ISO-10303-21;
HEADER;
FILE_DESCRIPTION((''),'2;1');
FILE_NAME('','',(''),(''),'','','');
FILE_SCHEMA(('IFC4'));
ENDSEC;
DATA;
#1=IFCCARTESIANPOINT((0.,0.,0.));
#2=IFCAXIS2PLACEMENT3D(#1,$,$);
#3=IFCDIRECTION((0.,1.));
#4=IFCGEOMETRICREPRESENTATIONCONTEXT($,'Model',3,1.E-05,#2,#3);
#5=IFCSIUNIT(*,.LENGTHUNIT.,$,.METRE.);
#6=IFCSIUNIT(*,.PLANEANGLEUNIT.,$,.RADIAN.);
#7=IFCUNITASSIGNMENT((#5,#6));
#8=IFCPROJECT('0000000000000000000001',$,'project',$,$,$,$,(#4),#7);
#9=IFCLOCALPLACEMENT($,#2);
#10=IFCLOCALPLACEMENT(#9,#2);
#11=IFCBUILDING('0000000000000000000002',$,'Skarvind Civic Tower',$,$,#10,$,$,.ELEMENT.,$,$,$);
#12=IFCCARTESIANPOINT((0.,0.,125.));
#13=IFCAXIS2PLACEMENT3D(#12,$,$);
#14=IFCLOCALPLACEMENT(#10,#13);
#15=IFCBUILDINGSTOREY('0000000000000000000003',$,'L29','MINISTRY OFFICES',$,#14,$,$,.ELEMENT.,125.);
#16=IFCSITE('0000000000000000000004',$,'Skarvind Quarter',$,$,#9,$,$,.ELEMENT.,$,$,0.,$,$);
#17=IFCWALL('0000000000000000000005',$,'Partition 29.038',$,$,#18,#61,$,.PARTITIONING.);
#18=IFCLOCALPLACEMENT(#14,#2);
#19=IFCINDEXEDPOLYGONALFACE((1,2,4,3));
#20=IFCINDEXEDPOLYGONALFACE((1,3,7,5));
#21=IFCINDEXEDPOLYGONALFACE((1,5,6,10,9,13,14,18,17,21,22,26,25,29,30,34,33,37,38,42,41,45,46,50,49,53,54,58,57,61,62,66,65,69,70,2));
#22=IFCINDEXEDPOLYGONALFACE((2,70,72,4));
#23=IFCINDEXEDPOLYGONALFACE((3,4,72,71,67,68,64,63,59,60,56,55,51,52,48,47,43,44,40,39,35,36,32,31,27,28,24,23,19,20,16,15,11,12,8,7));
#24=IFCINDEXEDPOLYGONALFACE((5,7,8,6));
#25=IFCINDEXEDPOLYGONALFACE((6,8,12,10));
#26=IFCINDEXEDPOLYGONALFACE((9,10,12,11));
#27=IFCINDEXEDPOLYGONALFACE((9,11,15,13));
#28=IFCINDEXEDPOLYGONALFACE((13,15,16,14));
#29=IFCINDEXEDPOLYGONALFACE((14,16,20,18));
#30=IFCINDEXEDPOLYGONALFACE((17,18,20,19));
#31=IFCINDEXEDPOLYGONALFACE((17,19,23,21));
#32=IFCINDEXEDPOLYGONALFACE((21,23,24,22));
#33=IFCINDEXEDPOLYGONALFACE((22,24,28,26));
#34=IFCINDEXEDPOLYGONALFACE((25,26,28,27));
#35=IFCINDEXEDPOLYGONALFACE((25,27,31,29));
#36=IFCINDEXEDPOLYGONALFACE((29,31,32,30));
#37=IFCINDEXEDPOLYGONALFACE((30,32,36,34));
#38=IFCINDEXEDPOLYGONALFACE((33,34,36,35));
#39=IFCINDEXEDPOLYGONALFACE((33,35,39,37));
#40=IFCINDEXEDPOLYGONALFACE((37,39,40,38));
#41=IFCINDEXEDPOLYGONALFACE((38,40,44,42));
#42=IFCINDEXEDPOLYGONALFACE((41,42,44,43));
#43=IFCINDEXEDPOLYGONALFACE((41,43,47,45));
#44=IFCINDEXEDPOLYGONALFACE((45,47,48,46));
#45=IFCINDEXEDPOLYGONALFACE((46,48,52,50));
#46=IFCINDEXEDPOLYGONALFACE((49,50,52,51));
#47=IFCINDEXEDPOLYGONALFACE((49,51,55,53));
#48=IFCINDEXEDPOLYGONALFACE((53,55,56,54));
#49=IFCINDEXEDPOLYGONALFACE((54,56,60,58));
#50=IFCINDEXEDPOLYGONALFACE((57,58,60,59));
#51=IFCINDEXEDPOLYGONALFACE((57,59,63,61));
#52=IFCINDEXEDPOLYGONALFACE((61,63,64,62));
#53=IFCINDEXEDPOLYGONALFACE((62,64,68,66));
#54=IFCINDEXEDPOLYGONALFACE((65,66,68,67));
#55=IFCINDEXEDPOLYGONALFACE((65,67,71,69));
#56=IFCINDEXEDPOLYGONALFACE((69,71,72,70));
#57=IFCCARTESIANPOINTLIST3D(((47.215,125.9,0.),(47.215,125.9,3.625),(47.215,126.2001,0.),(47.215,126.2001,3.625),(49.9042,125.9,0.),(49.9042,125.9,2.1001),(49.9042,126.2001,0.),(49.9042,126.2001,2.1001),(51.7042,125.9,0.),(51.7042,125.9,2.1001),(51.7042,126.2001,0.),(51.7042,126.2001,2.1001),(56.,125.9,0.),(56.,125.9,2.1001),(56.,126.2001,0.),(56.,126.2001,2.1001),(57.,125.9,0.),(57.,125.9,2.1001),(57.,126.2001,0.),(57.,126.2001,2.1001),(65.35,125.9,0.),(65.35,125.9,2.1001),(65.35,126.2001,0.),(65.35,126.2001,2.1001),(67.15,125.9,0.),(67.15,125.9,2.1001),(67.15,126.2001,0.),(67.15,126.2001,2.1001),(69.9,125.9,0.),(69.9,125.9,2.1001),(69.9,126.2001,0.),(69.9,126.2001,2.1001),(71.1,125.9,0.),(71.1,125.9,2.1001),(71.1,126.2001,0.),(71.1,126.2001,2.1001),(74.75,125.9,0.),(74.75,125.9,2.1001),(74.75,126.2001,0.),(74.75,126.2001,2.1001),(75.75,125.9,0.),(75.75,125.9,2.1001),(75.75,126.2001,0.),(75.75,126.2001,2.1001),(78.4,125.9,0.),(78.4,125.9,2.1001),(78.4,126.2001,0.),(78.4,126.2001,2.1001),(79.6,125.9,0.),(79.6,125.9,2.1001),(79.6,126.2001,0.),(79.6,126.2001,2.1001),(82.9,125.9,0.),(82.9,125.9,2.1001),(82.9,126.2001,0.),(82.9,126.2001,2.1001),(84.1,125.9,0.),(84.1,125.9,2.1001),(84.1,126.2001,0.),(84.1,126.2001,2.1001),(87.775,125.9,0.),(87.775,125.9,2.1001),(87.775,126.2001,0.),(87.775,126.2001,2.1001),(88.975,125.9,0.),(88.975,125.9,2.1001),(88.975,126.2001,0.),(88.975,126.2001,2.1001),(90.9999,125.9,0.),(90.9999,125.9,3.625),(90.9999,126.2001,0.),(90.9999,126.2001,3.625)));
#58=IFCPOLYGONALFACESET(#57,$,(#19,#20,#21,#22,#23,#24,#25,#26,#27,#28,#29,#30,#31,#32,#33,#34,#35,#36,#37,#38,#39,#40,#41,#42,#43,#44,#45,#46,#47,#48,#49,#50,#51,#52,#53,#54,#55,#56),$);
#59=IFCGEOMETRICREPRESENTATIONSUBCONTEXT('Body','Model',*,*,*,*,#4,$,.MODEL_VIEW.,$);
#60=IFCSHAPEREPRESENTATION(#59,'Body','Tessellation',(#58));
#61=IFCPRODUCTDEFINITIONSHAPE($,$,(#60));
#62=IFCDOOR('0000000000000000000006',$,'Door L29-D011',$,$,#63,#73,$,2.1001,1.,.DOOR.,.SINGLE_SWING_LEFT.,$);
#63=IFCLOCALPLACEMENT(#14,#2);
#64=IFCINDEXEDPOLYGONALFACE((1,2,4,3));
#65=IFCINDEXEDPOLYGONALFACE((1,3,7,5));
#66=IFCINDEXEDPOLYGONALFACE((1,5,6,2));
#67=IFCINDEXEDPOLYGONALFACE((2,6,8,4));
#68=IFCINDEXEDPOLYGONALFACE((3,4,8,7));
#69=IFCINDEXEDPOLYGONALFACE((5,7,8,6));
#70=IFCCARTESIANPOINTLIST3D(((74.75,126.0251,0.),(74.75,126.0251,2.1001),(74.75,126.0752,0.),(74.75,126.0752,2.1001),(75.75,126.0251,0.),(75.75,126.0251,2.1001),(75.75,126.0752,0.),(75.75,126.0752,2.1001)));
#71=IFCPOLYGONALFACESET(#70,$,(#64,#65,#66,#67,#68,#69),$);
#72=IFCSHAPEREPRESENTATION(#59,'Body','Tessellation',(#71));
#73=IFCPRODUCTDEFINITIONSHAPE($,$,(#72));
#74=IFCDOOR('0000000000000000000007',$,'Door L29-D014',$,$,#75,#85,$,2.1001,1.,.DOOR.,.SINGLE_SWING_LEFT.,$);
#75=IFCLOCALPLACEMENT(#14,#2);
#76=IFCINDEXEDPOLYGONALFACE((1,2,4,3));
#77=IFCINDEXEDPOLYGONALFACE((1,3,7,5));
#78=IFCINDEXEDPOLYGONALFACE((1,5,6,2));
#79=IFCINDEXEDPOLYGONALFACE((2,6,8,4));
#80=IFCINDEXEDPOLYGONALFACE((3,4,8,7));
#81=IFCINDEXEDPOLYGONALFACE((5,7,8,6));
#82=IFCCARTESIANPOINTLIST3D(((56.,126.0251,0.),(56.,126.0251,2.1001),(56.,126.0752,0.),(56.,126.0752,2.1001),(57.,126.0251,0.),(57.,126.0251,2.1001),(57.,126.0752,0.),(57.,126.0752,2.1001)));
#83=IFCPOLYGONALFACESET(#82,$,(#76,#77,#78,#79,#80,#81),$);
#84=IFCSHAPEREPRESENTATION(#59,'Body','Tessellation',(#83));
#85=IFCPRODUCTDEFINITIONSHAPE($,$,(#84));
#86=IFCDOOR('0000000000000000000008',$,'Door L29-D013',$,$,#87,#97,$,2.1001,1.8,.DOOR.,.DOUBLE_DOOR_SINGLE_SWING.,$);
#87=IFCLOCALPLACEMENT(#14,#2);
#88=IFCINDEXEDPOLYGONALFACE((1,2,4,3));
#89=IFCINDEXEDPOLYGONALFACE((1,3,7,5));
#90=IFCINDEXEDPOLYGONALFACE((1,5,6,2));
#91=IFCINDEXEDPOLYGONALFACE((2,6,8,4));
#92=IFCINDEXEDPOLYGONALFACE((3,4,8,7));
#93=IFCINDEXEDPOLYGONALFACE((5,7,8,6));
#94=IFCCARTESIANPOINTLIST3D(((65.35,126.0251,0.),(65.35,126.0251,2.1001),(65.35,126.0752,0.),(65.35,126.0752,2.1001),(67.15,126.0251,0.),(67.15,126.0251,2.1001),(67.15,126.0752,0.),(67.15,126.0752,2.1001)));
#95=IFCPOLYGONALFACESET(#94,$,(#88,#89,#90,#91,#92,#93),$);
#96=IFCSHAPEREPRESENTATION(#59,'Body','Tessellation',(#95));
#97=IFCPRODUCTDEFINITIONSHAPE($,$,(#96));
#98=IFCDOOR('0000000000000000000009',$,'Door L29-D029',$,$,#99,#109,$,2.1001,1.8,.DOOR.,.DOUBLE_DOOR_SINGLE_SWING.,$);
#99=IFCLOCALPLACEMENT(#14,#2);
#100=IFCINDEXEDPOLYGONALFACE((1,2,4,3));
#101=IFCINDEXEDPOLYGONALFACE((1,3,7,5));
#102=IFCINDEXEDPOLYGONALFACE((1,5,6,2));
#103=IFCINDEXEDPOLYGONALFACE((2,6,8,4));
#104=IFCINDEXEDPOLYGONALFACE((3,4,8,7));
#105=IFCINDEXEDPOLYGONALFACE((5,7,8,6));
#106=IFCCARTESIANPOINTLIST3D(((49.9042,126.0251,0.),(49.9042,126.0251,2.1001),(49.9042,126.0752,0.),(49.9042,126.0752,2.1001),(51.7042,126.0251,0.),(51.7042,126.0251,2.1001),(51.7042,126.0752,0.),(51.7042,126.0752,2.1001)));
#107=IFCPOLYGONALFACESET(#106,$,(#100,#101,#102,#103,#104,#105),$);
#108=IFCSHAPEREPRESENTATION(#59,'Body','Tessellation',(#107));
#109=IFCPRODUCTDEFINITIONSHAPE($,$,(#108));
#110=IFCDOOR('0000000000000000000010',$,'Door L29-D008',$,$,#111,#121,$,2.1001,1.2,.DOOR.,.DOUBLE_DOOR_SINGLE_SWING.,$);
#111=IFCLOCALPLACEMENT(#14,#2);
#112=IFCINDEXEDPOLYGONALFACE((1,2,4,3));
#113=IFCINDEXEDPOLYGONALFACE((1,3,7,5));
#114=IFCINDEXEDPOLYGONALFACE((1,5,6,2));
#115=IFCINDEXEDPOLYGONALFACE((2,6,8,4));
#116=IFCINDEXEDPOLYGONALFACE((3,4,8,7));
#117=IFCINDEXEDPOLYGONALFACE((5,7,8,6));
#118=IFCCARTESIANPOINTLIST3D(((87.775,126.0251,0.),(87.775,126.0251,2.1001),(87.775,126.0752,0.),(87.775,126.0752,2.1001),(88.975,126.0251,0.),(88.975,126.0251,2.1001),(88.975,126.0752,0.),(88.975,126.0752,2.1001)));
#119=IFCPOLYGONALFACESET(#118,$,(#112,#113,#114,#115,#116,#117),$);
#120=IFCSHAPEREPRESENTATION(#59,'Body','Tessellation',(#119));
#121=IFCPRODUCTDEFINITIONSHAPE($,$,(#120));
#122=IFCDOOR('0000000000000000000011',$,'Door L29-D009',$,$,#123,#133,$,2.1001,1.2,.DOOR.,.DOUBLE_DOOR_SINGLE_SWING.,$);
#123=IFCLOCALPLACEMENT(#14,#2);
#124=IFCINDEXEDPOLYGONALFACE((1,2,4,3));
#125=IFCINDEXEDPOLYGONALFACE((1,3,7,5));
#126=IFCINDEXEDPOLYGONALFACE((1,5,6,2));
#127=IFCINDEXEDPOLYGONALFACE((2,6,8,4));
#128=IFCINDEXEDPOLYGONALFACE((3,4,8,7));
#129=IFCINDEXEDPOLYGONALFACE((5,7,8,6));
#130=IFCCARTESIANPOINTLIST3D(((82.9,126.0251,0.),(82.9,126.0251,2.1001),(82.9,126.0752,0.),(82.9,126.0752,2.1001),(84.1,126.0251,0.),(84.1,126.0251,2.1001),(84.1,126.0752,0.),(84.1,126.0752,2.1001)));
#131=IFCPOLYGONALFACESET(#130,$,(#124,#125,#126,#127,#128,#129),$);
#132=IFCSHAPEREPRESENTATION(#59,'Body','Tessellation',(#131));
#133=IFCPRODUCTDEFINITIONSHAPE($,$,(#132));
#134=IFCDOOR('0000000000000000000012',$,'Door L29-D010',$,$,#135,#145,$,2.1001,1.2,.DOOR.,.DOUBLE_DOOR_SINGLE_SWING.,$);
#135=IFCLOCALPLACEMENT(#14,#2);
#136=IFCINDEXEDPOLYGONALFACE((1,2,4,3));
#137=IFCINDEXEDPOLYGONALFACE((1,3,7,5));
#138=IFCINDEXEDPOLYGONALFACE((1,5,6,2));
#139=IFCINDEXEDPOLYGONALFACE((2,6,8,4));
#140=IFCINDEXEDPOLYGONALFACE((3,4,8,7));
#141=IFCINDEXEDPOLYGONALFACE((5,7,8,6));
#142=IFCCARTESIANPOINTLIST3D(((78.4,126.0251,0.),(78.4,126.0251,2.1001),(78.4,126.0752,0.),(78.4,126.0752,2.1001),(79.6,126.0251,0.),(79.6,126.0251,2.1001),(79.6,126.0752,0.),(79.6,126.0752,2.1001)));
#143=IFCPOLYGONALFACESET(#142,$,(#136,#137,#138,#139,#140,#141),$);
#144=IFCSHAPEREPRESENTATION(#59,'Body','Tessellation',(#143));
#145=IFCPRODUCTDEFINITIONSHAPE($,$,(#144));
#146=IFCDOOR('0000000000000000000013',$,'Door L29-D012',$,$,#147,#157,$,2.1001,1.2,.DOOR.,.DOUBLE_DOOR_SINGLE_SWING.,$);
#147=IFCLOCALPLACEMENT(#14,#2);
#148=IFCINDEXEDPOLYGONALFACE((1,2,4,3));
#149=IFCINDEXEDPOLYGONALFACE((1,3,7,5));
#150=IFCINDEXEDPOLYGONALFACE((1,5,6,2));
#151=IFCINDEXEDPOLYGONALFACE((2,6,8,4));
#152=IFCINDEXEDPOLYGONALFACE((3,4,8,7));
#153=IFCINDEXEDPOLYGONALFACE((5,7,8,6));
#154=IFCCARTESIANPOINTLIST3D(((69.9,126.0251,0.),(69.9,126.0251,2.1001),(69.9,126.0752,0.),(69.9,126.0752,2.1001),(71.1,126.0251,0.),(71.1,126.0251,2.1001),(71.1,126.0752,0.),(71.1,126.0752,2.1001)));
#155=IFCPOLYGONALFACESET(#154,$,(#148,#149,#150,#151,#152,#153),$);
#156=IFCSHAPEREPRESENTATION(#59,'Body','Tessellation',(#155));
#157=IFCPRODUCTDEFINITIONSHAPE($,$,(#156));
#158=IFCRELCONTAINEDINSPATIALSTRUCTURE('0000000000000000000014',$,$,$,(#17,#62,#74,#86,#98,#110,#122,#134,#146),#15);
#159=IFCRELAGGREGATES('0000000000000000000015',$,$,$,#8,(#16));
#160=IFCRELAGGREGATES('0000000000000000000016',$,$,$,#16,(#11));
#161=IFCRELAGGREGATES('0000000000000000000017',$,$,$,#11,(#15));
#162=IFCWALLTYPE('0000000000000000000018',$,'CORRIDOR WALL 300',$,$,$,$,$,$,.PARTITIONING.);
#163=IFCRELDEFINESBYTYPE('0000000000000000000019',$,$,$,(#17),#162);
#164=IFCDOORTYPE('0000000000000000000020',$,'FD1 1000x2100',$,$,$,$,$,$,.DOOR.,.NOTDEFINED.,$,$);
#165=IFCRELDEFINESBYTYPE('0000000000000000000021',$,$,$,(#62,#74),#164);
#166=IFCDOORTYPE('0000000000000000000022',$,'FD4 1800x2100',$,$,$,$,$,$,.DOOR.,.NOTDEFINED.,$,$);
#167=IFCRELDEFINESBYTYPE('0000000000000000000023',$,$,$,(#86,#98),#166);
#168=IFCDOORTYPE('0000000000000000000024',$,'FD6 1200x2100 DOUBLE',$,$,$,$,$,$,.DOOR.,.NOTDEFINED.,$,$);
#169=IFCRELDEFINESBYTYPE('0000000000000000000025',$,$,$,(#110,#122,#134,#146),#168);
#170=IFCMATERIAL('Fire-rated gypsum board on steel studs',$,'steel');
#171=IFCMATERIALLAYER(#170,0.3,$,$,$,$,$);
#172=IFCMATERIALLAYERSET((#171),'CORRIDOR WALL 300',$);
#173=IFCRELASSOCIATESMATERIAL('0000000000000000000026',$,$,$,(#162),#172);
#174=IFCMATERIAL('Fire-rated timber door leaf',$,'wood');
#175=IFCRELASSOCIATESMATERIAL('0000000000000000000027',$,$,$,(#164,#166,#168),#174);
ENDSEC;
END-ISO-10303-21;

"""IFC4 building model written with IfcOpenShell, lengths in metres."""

from ifc_helpers import new_model, si_unit, direction, frame, frame_2d, origin, place, context, subcontext, project, spatial, rectangle, extrude, material, layer, layer_set, type_object, element, fill, save


model = new_model("IFC4")

# Units and contexts
model_context = context("Model", 3, precision=1e-05, world=origin(), true_north=direction((0.0, 1.0)))
body_context = subcontext(model_context, "Body", "Model", "MODEL_VIEW")
ifc_project = project(units=[si_unit("LENGTHUNIT", "METRE"), si_unit("PLANEANGLEUNIT", "RADIAN")], contexts=[model_context])

# Site, building, storey
site_placement = place(None, origin())
site = spatial("IfcSite", under=ifc_project, at=site_placement, Name="Skarvind Quarter", CompositionType="ELEMENT", RefElevation=0.0)
building_placement = place(site_placement, origin())
building = spatial("IfcBuilding", under=site, at=building_placement, Name="Skarvind Civic Tower", CompositionType="ELEMENT")
storey_placement = place(building_placement, frame((0.0, 0.0, 125.0)))
storey = spatial("IfcBuildingStorey", under=building, at=storey_placement, Name="L29", Description="MINISTRY OFFICES", CompositionType="ELEMENT", Elevation=125.0)

# Wall, openings, doors
ifc_material_1 = material(Name="Fire-rated gypsum board on steel studs", Category="steel")
ifc_layer_1 = layer(ifc_material_1, 0.3)
ifc_layer_set_1 = layer_set([ifc_layer_1], Name="CORRIDOR WALL 300")
wall_type_1 = type_object("IfcWallType", Name="CORRIDOR WALL 300", PredefinedType="PARTITIONING", material=ifc_layer_set_1)
wall_1_placement = place(storey_placement, frame((91.0, 126.05, 0.0), z_axis=(0.0, 0.0, 1.0), x_axis=(-1.0, 0.0, 0.0)))
wall_1 = element("IfcWall", 1, at=wall_1_placement, inside=storey, type_object=wall_type_1, Name="Partition 29.038", PredefinedType="PARTITIONING", context=body_context, shape_type="SweptSolid", body=[
    extrude(rectangle(XDim=43.7849, YDim=0.3, at=frame_2d((21.8926, 0.0))), origin(), (0.0, 0.0, 1.0), 3.625),
])
opening_1_placement = place(wall_1_placement, frame((2.0249, 0.0, 0.0)))
opening_1 = element("IfcOpeningElement", 2, at=opening_1_placement, cuts=wall_1, PredefinedType="OPENING", context=body_context, shape_type="SweptSolid", body=[
    extrude(rectangle(XDim=1.2, YDim=2.1001, at=frame_2d((0.6001, 1.05))), frame((0.0, 0.1599, 0.0), z_axis=(0.0, -1.0, 0.0), x_axis=(1.0, 0.0, 0.0)), (0.0, 0.0, 1.0), 0.3201),
])
opening_2_placement = place(wall_1_placement, frame((6.8999, 0.0, 0.0)))
opening_2 = element("IfcOpeningElement", 3, at=opening_2_placement, cuts=wall_1, PredefinedType="OPENING", context=body_context, shape_type="SweptSolid", body=[
    extrude(rectangle(XDim=1.2, YDim=2.1001, at=frame_2d((0.6001, 1.05))), frame((0.0, 0.1599, 0.0), z_axis=(0.0, -1.0, 0.0), x_axis=(1.0, 0.0, 0.0)), (0.0, 0.0, 1.0), 0.3201),
])
opening_3_placement = place(wall_1_placement, frame((11.3999, 0.0, 0.0)))
opening_3 = element("IfcOpeningElement", 4, at=opening_3_placement, cuts=wall_1, PredefinedType="OPENING", context=body_context, shape_type="SweptSolid", body=[
    extrude(rectangle(XDim=1.2, YDim=2.1001, at=frame_2d((0.6001, 1.05))), frame((0.0, 0.1599, 0.0), z_axis=(0.0, -1.0, 0.0), x_axis=(1.0, 0.0, 0.0)), (0.0, 0.0, 1.0), 0.3201),
])
opening_4_placement = place(wall_1_placement, frame((15.25, 0.0, 0.0)))
opening_4 = element("IfcOpeningElement", 5, at=opening_4_placement, cuts=wall_1, PredefinedType="OPENING", context=body_context, shape_type="SweptSolid", body=[
    extrude(rectangle(XDim=1.0, YDim=2.1001, at=frame_2d((0.5, 1.05))), frame((0.0, 0.1599, 0.0), z_axis=(0.0, -1.0, 0.0), x_axis=(1.0, 0.0, 0.0)), (0.0, 0.0, 1.0), 0.3201),
])
opening_5_placement = place(wall_1_placement, frame((19.8999, 0.0, 0.0)))
opening_5 = element("IfcOpeningElement", 6, at=opening_5_placement, cuts=wall_1, PredefinedType="OPENING", context=body_context, shape_type="SweptSolid", body=[
    extrude(rectangle(XDim=1.2, YDim=2.1001, at=frame_2d((0.6001, 1.05))), frame((0.0, 0.1599, 0.0), z_axis=(0.0, -1.0, 0.0), x_axis=(1.0, 0.0, 0.0)), (0.0, 0.0, 1.0), 0.3201),
])
opening_6_placement = place(wall_1_placement, frame((23.8501, 0.0, 0.0)))
opening_6 = element("IfcOpeningElement", 7, at=opening_6_placement, cuts=wall_1, PredefinedType="OPENING", context=body_context, shape_type="SweptSolid", body=[
    extrude(rectangle(XDim=1.8, YDim=2.1001, at=frame_2d((0.8999, 1.05))), frame((0.0, 0.1599, 0.0), z_axis=(0.0, -1.0, 0.0), x_axis=(1.0, 0.0, 0.0)), (0.0, 0.0, 1.0), 0.3201),
])
opening_7_placement = place(wall_1_placement, frame((34.0, 0.0, 0.0)))
opening_7 = element("IfcOpeningElement", 8, at=opening_7_placement, cuts=wall_1, PredefinedType="OPENING", context=body_context, shape_type="SweptSolid", body=[
    extrude(rectangle(XDim=1.0, YDim=2.1001, at=frame_2d((0.5, 1.05))), frame((0.0, 0.1599, 0.0), z_axis=(0.0, -1.0, 0.0), x_axis=(1.0, 0.0, 0.0)), (0.0, 0.0, 1.0), 0.3201),
])
opening_8_placement = place(wall_1_placement, frame((39.2959, 0.0, 0.0)))
opening_8 = element("IfcOpeningElement", 9, at=opening_8_placement, cuts=wall_1, PredefinedType="OPENING", context=body_context, shape_type="SweptSolid", body=[
    extrude(rectangle(XDim=1.8, YDim=2.1001, at=frame_2d((0.8999, 1.05))), frame((0.0, 0.1599, 0.0), z_axis=(0.0, -1.0, 0.0), x_axis=(1.0, 0.0, 0.0)), (0.0, 0.0, 1.0), 0.3201),
])
ifc_material_2 = material(Name="Fire-rated timber door leaf", Category="wood")
door_type_1 = type_object("IfcDoorType", Name="FD1 1000x2100", OperationType="NOTDEFINED", PredefinedType="DOOR", material=ifc_material_2)
door_1_placement = place(opening_4_placement, origin())
door_1 = element("IfcDoor", 10, at=door_1_placement, inside=storey, type_object=door_type_1, Name="Door L29-D011", OperationType="SINGLE_SWING_LEFT", OverallHeight=2.1001, OverallWidth=1.0, PredefinedType="DOOR", context=body_context, shape_type="SweptSolid", body=[
    extrude(rectangle(XDim=1.0, YDim=2.1001, at=frame_2d((0.5, 1.05))), frame((0.0, 0.0249, 0.0), z_axis=(0.0, -1.0, 0.0), x_axis=(1.0, 0.0, 0.0)), (0.0, 0.0, 1.0), 0.05),
])
fill(opening_4, door_1)
door_2_placement = place(opening_7_placement, origin())
door_2 = element("IfcDoor", 11, at=door_2_placement, inside=storey, type_object=door_type_1, Name="Door L29-D014", OperationType="SINGLE_SWING_LEFT", OverallHeight=2.1001, OverallWidth=1.0, PredefinedType="DOOR", context=body_context, shape_type="SweptSolid", body=[
    extrude(rectangle(XDim=1.0, YDim=2.1001, at=frame_2d((0.5, 1.05))), frame((0.0, 0.0249, 0.0), z_axis=(0.0, -1.0, 0.0), x_axis=(1.0, 0.0, 0.0)), (0.0, 0.0, 1.0), 0.05),
])
fill(opening_7, door_2)
door_type_2 = type_object("IfcDoorType", Name="FD4 1800x2100", OperationType="NOTDEFINED", PredefinedType="DOOR", material=ifc_material_2)
door_3_placement = place(opening_6_placement, origin())
door_3 = element("IfcDoor", 12, at=door_3_placement, inside=storey, type_object=door_type_2, Name="Door L29-D013", OperationType="DOUBLE_DOOR_SINGLE_SWING", OverallHeight=2.1001, OverallWidth=1.8, PredefinedType="DOOR", context=body_context, shape_type="SweptSolid", body=[
    extrude(rectangle(XDim=1.8, YDim=2.1001, at=frame_2d((0.8999, 1.05))), frame((0.0, 0.0249, 0.0), z_axis=(0.0, -1.0, 0.0), x_axis=(1.0, 0.0, 0.0)), (0.0, 0.0, 1.0), 0.05),
])
fill(opening_6, door_3)
door_4_placement = place(opening_8_placement, origin())
door_4 = element("IfcDoor", 13, at=door_4_placement, inside=storey, type_object=door_type_2, Name="Door L29-D029", OperationType="DOUBLE_DOOR_SINGLE_SWING", OverallHeight=2.1001, OverallWidth=1.8, PredefinedType="DOOR", context=body_context, shape_type="SweptSolid", body=[
    extrude(rectangle(XDim=1.8, YDim=2.1001, at=frame_2d((0.8999, 1.05))), frame((0.0, 0.0249, 0.0), z_axis=(0.0, -1.0, 0.0), x_axis=(1.0, 0.0, 0.0)), (0.0, 0.0, 1.0), 0.05),
])
fill(opening_8, door_4)
door_type_3 = type_object("IfcDoorType", Name="FD6 1200x2100 DOUBLE", OperationType="NOTDEFINED", PredefinedType="DOOR", material=ifc_material_2)
door_5_placement = place(opening_1_placement, origin())
door_5 = element("IfcDoor", 14, at=door_5_placement, inside=storey, type_object=door_type_3, Name="Door L29-D008", OperationType="DOUBLE_DOOR_SINGLE_SWING", OverallHeight=2.1001, OverallWidth=1.2, PredefinedType="DOOR", context=body_context, shape_type="SweptSolid", body=[
    extrude(rectangle(XDim=1.2, YDim=2.1001, at=frame_2d((0.6001, 1.05))), frame((0.0, 0.0249, 0.0), z_axis=(0.0, -1.0, 0.0), x_axis=(1.0, 0.0, 0.0)), (0.0, 0.0, 1.0), 0.05),
])
fill(opening_1, door_5)
door_6_placement = place(opening_2_placement, origin())
door_6 = element("IfcDoor", 15, at=door_6_placement, inside=storey, type_object=door_type_3, Name="Door L29-D009", OperationType="DOUBLE_DOOR_SINGLE_SWING", OverallHeight=2.1001, OverallWidth=1.2, PredefinedType="DOOR", context=body_context, shape_type="SweptSolid", body=[
    extrude(rectangle(XDim=1.2, YDim=2.1001, at=frame_2d((0.6001, 1.05))), frame((0.0, 0.0249, 0.0), z_axis=(0.0, -1.0, 0.0), x_axis=(1.0, 0.0, 0.0)), (0.0, 0.0, 1.0), 0.05),
])
fill(opening_2, door_6)
door_7_placement = place(opening_3_placement, origin())
door_7 = element("IfcDoor", 16, at=door_7_placement, inside=storey, type_object=door_type_3, Name="Door L29-D010", OperationType="DOUBLE_DOOR_SINGLE_SWING", OverallHeight=2.1001, OverallWidth=1.2, PredefinedType="DOOR", context=body_context, shape_type="SweptSolid", body=[
    extrude(rectangle(XDim=1.2, YDim=2.1001, at=frame_2d((0.6001, 1.05))), frame((0.0, 0.0249, 0.0), z_axis=(0.0, -1.0, 0.0), x_axis=(1.0, 0.0, 0.0)), (0.0, 0.0, 1.0), 0.05),
])
fill(opening_3, door_7)
door_8_placement = place(opening_5_placement, origin())
door_8 = element("IfcDoor", 17, at=door_8_placement, inside=storey, type_object=door_type_3, Name="Door L29-D012", OperationType="DOUBLE_DOOR_SINGLE_SWING", OverallHeight=2.1001, OverallWidth=1.2, PredefinedType="DOOR", context=body_context, shape_type="SweptSolid", body=[
    extrude(rectangle(XDim=1.2, YDim=2.1001, at=frame_2d((0.6001, 1.05))), frame((0.0, 0.0249, 0.0), z_axis=(0.0, -1.0, 0.0), x_axis=(1.0, 0.0, 0.0)), (0.0, 0.0, 1.0), 0.05),
])
fill(opening_5, door_8)

save(model, "model.ifc")
